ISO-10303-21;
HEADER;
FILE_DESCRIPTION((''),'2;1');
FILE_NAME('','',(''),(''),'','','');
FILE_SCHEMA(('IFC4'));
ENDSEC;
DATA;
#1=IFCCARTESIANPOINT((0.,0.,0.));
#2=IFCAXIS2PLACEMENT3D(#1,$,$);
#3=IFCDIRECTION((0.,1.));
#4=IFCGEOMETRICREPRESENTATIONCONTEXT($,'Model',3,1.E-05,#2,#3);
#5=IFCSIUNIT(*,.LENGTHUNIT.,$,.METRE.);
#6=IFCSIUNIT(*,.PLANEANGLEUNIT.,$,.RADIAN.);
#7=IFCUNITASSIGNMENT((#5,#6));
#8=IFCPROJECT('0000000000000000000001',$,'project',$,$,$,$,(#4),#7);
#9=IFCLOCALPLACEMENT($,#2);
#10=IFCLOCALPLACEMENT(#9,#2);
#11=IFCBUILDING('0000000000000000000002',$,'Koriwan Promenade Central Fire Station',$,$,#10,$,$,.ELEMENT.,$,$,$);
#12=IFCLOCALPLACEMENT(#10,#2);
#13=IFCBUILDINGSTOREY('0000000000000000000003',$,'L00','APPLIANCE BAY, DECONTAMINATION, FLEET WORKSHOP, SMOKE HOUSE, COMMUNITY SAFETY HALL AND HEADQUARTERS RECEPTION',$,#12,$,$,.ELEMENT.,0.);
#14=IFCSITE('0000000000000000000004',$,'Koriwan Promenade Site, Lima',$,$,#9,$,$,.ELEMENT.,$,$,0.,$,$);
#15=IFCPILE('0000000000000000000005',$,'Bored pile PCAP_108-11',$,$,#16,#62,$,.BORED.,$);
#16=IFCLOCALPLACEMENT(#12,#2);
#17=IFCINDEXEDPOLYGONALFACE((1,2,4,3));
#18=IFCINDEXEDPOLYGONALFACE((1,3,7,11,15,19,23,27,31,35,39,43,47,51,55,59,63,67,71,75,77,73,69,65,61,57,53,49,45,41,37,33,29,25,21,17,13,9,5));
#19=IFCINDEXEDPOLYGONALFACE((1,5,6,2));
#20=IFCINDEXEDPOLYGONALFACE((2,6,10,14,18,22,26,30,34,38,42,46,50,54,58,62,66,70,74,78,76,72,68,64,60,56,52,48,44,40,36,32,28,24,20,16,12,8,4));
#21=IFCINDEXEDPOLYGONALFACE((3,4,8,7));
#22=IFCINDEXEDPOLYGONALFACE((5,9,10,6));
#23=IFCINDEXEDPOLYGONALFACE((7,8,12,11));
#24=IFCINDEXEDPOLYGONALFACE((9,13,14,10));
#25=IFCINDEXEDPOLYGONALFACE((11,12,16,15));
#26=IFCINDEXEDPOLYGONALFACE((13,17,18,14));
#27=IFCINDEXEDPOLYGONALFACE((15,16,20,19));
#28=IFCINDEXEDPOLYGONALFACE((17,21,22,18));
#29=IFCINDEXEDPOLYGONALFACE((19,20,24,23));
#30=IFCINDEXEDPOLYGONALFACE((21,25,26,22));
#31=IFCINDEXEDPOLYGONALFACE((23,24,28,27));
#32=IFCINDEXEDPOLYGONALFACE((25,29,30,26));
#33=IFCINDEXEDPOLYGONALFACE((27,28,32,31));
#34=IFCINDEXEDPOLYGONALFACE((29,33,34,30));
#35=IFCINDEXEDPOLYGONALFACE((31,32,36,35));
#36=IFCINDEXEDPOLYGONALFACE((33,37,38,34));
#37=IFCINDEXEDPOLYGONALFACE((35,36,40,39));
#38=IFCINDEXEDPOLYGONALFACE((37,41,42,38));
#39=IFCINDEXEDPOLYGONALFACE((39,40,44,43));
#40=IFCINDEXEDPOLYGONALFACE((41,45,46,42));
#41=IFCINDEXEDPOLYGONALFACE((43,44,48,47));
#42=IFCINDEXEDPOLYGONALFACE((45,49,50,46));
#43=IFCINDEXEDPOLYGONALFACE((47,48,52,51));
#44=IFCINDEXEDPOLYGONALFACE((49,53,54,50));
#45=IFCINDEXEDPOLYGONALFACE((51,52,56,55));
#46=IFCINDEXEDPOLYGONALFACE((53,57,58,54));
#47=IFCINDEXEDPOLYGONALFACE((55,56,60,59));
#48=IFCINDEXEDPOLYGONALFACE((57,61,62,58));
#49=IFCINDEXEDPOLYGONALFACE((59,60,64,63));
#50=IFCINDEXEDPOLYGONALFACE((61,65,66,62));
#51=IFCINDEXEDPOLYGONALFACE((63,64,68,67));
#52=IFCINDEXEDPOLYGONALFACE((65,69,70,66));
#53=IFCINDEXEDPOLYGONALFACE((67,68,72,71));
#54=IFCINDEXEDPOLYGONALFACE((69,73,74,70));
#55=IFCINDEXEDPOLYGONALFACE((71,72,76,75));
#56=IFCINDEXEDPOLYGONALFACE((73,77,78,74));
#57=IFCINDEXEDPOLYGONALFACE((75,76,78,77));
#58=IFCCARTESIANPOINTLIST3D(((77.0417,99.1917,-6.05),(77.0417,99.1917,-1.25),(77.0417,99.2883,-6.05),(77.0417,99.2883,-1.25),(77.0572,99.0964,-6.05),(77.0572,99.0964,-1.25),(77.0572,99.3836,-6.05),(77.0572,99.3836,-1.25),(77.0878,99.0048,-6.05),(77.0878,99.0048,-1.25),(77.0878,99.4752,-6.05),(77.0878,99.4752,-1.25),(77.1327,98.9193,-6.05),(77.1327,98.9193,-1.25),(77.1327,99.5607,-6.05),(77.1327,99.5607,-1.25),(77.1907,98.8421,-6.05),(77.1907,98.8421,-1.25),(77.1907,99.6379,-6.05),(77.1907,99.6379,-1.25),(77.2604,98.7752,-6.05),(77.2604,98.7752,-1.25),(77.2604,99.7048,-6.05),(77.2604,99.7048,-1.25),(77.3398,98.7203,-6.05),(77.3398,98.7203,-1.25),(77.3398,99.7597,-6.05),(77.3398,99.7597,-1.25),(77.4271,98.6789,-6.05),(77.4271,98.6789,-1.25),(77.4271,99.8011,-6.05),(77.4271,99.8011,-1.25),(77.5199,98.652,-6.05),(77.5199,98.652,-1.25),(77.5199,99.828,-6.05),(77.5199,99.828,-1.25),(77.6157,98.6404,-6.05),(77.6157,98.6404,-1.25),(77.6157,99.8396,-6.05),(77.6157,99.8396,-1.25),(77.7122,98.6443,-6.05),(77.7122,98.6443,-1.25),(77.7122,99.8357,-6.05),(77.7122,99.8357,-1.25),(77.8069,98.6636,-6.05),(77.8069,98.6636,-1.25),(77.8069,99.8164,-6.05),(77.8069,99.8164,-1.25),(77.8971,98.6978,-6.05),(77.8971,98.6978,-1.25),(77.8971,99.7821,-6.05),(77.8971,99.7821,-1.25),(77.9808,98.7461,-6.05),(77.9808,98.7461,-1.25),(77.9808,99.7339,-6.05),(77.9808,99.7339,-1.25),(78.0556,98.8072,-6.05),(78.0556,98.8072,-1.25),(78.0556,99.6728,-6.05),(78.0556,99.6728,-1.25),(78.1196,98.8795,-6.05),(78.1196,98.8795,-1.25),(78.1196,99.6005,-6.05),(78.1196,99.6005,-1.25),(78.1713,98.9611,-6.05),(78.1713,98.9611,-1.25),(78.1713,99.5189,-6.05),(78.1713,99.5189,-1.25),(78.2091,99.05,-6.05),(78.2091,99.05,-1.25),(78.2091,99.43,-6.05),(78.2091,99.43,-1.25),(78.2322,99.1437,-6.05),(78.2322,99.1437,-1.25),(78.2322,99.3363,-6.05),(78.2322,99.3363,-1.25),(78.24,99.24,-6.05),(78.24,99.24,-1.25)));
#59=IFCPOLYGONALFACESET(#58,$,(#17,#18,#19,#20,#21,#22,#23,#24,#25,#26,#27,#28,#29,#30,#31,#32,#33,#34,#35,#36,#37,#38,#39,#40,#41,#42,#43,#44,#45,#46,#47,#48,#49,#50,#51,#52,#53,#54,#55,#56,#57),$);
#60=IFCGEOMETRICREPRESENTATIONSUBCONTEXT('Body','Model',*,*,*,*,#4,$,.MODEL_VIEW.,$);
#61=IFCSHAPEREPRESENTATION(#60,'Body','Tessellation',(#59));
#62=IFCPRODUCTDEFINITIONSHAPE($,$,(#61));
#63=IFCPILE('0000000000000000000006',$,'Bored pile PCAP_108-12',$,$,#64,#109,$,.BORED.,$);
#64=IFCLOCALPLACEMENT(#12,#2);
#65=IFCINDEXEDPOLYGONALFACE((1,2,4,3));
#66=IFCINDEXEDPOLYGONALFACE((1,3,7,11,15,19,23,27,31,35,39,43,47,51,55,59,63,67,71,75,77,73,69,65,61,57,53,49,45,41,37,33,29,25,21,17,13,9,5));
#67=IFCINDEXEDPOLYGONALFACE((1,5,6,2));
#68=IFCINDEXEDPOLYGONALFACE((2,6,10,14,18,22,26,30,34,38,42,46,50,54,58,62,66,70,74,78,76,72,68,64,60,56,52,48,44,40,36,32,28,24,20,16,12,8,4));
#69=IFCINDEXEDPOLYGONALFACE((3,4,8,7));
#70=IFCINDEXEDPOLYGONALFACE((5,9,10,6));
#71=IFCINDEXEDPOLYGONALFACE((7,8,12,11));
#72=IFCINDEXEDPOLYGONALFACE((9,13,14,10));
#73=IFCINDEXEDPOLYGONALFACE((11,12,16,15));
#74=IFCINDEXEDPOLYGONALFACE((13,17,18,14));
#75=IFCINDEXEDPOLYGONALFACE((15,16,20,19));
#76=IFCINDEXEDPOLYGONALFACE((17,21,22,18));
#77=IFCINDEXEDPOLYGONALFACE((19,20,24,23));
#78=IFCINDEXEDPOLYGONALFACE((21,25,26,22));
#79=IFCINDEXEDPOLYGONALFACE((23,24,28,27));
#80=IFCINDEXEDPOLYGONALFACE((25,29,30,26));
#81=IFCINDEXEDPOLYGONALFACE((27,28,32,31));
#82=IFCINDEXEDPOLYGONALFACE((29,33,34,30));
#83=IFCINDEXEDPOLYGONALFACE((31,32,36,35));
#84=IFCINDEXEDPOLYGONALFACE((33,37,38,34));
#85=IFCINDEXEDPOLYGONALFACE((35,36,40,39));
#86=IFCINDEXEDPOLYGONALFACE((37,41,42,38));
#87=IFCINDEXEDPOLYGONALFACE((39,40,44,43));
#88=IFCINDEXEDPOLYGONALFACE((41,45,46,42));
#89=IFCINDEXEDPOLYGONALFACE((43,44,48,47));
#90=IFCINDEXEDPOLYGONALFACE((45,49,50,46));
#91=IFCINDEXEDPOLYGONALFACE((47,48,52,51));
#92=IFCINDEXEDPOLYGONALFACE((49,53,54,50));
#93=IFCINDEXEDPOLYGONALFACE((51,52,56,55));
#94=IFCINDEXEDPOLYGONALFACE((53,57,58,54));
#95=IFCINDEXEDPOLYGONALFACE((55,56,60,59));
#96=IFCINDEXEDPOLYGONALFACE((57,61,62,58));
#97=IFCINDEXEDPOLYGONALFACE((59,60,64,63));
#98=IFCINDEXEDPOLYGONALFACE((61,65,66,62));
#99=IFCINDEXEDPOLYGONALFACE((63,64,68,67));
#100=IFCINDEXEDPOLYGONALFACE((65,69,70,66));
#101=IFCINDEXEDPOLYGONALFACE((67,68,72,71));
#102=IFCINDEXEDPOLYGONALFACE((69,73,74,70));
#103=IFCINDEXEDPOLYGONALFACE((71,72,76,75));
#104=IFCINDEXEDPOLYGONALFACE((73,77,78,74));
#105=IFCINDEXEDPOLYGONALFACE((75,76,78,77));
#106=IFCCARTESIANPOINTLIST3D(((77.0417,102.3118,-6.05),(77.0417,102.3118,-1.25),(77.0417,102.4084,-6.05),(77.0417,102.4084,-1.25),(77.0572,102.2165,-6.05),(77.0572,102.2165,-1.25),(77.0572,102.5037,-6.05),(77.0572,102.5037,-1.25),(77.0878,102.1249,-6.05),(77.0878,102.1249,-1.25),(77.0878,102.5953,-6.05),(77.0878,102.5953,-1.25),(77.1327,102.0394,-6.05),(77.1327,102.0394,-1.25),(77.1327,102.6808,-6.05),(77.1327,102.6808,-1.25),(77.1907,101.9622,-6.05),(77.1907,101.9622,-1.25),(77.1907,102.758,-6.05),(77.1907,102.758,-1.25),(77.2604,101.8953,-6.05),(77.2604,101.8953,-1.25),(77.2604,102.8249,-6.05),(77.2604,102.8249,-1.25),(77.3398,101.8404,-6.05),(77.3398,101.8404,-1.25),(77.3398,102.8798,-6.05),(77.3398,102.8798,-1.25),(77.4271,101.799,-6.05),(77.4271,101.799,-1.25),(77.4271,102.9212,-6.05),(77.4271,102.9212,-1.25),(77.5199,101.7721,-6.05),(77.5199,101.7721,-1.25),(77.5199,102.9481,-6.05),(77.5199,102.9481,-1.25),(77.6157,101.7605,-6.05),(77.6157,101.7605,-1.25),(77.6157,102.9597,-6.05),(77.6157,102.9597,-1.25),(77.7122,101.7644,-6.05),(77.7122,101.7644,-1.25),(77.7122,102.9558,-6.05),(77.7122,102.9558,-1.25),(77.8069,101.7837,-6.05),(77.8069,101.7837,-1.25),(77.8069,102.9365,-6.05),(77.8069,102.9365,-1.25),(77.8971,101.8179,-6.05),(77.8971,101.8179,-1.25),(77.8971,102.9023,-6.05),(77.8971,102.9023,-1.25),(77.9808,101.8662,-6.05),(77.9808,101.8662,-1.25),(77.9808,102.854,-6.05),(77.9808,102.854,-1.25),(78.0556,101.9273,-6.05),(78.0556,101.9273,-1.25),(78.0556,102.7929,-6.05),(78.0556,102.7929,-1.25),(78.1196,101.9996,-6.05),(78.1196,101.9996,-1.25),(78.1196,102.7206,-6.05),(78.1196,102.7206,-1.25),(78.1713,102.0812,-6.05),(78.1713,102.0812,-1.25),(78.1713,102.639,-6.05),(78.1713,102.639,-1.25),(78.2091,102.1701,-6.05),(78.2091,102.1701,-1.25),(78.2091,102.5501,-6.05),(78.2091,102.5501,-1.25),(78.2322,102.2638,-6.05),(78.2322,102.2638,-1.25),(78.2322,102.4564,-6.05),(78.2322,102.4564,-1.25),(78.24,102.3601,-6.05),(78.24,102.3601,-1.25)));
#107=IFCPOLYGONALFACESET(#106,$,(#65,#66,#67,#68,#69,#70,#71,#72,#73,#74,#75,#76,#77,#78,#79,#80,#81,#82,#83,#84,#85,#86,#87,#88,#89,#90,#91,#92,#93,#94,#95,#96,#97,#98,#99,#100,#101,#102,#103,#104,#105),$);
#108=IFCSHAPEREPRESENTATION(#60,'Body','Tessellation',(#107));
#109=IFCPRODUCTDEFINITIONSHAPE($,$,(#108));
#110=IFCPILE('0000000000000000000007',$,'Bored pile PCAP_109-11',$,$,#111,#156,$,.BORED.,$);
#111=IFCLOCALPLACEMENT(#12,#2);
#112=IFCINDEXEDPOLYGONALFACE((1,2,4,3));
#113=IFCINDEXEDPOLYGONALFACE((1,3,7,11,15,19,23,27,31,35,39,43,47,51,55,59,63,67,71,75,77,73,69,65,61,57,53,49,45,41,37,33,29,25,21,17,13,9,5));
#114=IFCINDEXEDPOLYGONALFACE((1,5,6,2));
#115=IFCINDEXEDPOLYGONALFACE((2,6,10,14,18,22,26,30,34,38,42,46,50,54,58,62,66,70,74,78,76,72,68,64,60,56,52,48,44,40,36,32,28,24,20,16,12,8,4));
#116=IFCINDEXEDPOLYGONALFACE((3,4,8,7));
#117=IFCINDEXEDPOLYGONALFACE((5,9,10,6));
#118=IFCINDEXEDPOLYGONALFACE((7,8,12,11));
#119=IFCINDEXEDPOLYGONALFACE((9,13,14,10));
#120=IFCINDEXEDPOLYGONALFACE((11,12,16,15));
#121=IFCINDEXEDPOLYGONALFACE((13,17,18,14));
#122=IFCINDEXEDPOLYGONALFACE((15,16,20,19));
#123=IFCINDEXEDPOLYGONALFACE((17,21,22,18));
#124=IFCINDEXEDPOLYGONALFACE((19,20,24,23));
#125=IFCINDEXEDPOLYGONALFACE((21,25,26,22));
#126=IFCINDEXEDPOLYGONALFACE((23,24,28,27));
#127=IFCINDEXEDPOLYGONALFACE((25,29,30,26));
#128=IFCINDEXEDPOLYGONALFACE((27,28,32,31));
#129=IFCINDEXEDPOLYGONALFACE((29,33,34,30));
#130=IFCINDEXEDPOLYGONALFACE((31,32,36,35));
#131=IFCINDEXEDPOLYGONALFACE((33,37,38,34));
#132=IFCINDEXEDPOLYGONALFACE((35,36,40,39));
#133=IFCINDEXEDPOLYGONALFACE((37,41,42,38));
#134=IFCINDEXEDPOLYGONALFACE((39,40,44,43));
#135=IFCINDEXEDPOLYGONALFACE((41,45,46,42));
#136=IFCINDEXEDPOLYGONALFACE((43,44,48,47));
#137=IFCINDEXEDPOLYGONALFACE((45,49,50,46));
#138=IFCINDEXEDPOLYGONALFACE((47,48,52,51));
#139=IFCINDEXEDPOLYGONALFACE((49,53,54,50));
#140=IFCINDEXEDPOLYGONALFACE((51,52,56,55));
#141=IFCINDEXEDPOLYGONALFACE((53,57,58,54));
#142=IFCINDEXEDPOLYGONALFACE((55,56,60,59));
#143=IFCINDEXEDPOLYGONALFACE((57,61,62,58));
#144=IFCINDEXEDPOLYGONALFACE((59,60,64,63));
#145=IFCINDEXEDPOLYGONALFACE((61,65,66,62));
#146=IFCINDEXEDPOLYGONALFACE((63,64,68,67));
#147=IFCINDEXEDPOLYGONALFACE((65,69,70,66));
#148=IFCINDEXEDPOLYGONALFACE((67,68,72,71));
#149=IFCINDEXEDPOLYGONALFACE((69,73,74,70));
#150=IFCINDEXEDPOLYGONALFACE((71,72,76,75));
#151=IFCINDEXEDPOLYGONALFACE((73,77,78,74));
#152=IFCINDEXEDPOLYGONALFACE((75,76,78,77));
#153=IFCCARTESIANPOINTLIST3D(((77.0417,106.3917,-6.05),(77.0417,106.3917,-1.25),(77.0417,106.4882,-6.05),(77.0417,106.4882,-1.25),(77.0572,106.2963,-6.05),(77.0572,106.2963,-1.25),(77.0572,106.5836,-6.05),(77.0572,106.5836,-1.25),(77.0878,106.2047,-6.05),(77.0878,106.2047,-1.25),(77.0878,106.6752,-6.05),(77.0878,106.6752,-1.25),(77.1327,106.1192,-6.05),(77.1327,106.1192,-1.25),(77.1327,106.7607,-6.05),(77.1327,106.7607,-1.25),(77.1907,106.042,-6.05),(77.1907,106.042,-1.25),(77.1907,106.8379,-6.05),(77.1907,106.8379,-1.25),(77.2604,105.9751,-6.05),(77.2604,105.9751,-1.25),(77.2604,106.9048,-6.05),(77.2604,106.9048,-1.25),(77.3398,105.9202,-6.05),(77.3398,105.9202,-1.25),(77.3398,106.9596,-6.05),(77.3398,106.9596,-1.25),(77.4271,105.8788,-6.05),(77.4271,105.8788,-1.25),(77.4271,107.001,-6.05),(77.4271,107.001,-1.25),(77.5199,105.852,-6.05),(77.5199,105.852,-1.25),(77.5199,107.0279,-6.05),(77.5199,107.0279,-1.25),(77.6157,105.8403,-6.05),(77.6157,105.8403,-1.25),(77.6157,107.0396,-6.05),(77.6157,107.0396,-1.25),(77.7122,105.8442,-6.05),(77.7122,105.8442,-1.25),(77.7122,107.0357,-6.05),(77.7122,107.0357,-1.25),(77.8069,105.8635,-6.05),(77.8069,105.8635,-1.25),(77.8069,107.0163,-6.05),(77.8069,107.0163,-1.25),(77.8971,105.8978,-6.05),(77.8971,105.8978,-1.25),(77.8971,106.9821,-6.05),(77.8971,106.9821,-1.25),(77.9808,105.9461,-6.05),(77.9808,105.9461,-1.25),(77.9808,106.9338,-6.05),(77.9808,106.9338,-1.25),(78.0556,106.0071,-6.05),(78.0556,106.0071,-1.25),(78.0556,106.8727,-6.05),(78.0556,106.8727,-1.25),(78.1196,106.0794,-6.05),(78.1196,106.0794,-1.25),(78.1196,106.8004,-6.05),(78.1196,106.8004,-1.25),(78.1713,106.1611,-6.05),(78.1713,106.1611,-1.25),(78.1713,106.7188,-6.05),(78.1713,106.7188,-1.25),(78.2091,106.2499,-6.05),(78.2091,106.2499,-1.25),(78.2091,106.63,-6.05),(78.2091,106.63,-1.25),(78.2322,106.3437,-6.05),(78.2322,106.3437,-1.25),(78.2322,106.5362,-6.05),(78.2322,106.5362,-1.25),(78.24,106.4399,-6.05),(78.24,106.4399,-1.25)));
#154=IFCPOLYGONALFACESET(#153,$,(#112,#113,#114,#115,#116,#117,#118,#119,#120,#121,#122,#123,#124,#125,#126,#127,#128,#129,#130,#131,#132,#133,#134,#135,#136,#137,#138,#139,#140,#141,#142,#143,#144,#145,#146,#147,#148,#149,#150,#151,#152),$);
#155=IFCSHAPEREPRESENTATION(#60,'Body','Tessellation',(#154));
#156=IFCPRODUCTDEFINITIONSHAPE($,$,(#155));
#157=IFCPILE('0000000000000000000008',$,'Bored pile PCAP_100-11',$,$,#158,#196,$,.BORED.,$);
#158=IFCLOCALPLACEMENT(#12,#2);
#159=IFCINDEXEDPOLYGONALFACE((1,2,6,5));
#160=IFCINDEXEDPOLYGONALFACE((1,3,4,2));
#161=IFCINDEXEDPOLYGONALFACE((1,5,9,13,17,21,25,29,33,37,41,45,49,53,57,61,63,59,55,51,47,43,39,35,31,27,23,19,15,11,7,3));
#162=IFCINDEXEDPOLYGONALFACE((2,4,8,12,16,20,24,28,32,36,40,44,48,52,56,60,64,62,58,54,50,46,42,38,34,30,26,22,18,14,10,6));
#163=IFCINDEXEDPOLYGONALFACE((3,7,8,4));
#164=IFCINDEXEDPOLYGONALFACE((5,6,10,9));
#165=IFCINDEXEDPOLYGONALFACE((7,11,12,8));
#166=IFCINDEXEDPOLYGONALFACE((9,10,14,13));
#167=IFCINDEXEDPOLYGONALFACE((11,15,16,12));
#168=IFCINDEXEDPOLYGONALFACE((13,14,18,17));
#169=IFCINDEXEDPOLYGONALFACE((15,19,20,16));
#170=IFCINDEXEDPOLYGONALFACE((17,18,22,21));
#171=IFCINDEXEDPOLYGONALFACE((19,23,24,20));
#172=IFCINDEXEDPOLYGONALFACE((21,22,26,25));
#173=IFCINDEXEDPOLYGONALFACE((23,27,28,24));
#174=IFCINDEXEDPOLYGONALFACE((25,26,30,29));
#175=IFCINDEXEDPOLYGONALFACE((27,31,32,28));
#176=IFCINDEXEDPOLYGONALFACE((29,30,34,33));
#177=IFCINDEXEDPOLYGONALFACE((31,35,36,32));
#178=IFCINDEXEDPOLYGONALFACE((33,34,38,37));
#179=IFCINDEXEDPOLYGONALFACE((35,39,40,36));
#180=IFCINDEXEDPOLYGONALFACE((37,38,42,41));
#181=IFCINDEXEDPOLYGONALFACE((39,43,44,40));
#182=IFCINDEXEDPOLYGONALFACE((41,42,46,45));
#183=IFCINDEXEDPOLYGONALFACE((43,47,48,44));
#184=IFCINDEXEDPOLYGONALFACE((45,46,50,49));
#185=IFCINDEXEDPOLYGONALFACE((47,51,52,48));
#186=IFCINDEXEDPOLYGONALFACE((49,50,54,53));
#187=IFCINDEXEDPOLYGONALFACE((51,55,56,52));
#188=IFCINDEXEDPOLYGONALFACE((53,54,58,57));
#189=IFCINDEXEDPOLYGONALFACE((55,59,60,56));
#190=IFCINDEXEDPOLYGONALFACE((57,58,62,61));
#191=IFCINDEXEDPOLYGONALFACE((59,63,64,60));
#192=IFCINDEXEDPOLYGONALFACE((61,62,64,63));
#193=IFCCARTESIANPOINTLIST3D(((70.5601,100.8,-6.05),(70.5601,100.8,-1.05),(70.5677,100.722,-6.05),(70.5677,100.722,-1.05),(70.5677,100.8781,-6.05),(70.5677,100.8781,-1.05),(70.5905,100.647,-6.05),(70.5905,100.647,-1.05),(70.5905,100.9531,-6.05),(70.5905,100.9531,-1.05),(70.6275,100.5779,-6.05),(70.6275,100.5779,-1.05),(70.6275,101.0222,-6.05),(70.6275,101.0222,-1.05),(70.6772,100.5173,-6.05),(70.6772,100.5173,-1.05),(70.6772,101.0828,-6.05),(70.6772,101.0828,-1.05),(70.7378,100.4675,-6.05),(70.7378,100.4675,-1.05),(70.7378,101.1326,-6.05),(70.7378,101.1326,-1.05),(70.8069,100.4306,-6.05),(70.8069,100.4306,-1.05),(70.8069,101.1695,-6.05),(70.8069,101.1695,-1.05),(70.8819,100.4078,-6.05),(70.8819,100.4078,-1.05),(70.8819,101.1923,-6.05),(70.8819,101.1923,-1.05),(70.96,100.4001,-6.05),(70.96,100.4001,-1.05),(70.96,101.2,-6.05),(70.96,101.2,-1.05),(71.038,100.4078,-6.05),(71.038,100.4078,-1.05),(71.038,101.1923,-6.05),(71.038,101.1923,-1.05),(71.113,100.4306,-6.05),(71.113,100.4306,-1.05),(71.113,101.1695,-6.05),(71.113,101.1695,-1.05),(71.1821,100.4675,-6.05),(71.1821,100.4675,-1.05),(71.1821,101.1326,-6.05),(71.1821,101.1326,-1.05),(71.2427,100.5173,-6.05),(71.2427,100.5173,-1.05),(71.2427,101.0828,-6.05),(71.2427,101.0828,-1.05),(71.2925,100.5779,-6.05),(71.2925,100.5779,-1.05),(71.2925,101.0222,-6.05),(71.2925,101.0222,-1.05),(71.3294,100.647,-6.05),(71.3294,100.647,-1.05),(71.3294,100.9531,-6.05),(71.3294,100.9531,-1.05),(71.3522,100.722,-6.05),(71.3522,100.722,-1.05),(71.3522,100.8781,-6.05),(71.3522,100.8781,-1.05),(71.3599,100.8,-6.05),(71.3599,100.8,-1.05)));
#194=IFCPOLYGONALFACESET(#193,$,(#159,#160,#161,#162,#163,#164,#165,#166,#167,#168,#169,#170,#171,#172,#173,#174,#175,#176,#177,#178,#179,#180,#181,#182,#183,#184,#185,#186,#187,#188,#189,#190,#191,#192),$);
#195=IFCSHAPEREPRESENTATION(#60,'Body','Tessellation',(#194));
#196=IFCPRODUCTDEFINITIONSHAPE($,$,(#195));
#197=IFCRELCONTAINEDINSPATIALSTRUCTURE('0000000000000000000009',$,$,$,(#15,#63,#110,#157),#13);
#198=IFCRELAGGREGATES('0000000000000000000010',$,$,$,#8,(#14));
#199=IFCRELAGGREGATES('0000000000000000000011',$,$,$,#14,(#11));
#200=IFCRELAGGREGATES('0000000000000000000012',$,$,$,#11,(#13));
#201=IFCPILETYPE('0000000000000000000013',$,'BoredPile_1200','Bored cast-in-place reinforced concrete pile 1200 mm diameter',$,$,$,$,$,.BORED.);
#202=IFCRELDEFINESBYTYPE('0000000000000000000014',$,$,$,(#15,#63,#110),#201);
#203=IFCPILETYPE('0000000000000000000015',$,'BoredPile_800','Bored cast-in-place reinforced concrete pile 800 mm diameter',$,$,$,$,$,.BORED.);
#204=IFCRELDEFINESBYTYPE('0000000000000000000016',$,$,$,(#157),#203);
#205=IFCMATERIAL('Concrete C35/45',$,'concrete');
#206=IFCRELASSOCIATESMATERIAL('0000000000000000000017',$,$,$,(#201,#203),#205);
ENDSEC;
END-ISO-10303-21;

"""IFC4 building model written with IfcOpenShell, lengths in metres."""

from ifc_helpers import new_model, si_unit, direction, frame, origin, origin_2d, place, context, subcontext, project, spatial, circle, extrude, material, material_profile, profile_set, type_object, element, save


model = new_model("IFC4")

# Units and contexts
model_context = context("Model", 3, precision=1e-05, world=origin(), true_north=direction((0.0, 1.0)))
body_context = subcontext(model_context, "Body", "Model", "MODEL_VIEW")
ifc_project = project(units=[si_unit("LENGTHUNIT", "METRE"), si_unit("PLANEANGLEUNIT", "RADIAN")], contexts=[model_context])

# Site, building, storey
site_placement = place(None, origin())
site = spatial("IfcSite", under=ifc_project, at=site_placement, Name="Koriwan Promenade Site, Lima", CompositionType="ELEMENT", RefElevation=0.0)
building_placement = place(site_placement, origin())
building = spatial("IfcBuilding", under=site, at=building_placement, Name="Koriwan Promenade Central Fire Station", CompositionType="ELEMENT")
storey_placement = place(building_placement, origin())
storey = spatial("IfcBuildingStorey", under=building, at=storey_placement, Name="L00", Description="APPLIANCE BAY, DECONTAMINATION, FLEET WORKSHOP, SMOKE HOUSE, COMMUNITY SAFETY HALL AND HEADQUARTERS RECEPTION", CompositionType="ELEMENT", Elevation=0.0)

# Piles
ifc_material_1 = material(Name="Concrete C35/45", Category="concrete")
ifc_material_profile_1 = material_profile(ifc_material_1, circle(Radius=0.6001, at=origin_2d()), Name="PILE-D1200")
ifc_profile_set_1 = profile_set([ifc_material_profile_1], Name="Concrete C35/45")
pile_type_1 = type_object("IfcPileType", Name="BoredPile_1200", Description="Bored cast-in-place reinforced concrete pile 1200 mm diameter", PredefinedType="BORED", material=ifc_profile_set_1)
for number, where, z_axis, x_axis, name in (
    (1, (77.6399, 99.24, -1.25), (0.0, 0.0, -1.0), (1.0, 0.0, 0.0), "Bored pile PCAP_108-11"),
    (2, (77.6399, 102.3601, -1.25), (0.0, 0.0, -1.0), (1.0, 0.0, 0.0), "Bored pile PCAP_108-12"),
    (3, (77.6399, 106.4399, -1.25), (0.0, 0.0, -1.0), (1.0, 0.0, 0.0), "Bored pile PCAP_109-11"),
):
    element("IfcPile", number, at=place(storey_placement, frame(where, z_axis=z_axis, x_axis=x_axis)), inside=storey, type_object=pile_type_1, Name=name, PredefinedType="BORED", context=body_context, shape_type="SweptSolid", body=[
        extrude(circle(Radius=0.6001, at=origin_2d()), origin(), (0.0, 0.0, 1.0), 4.8),
    ])
ifc_material_profile_2 = material_profile(ifc_material_1, circle(Radius=0.3999, at=origin_2d()), Name="PILE-D800")
ifc_profile_set_2 = profile_set([ifc_material_profile_2], Name="Concrete C35/45")
pile_type_2 = type_object("IfcPileType", Name="BoredPile_800", Description="Bored cast-in-place reinforced concrete pile 800 mm diameter", PredefinedType="BORED", material=ifc_profile_set_2)
for number, where, z_axis, x_axis, name in (
    (4, (70.96, 100.8, -1.05), (0.0, 0.0, -1.0), (1.0, 0.0, 0.0), "Bored pile PCAP_100-11"),
):
    element("IfcPile", number, at=place(storey_placement, frame(where, z_axis=z_axis, x_axis=x_axis)), inside=storey, type_object=pile_type_2, Name=name, PredefinedType="BORED", context=body_context, shape_type="SweptSolid", body=[
        extrude(circle(Radius=0.3999, at=origin_2d()), origin(), (0.0, 0.0, 1.0), 5.0),
    ])

save(model, "model.ifc")
